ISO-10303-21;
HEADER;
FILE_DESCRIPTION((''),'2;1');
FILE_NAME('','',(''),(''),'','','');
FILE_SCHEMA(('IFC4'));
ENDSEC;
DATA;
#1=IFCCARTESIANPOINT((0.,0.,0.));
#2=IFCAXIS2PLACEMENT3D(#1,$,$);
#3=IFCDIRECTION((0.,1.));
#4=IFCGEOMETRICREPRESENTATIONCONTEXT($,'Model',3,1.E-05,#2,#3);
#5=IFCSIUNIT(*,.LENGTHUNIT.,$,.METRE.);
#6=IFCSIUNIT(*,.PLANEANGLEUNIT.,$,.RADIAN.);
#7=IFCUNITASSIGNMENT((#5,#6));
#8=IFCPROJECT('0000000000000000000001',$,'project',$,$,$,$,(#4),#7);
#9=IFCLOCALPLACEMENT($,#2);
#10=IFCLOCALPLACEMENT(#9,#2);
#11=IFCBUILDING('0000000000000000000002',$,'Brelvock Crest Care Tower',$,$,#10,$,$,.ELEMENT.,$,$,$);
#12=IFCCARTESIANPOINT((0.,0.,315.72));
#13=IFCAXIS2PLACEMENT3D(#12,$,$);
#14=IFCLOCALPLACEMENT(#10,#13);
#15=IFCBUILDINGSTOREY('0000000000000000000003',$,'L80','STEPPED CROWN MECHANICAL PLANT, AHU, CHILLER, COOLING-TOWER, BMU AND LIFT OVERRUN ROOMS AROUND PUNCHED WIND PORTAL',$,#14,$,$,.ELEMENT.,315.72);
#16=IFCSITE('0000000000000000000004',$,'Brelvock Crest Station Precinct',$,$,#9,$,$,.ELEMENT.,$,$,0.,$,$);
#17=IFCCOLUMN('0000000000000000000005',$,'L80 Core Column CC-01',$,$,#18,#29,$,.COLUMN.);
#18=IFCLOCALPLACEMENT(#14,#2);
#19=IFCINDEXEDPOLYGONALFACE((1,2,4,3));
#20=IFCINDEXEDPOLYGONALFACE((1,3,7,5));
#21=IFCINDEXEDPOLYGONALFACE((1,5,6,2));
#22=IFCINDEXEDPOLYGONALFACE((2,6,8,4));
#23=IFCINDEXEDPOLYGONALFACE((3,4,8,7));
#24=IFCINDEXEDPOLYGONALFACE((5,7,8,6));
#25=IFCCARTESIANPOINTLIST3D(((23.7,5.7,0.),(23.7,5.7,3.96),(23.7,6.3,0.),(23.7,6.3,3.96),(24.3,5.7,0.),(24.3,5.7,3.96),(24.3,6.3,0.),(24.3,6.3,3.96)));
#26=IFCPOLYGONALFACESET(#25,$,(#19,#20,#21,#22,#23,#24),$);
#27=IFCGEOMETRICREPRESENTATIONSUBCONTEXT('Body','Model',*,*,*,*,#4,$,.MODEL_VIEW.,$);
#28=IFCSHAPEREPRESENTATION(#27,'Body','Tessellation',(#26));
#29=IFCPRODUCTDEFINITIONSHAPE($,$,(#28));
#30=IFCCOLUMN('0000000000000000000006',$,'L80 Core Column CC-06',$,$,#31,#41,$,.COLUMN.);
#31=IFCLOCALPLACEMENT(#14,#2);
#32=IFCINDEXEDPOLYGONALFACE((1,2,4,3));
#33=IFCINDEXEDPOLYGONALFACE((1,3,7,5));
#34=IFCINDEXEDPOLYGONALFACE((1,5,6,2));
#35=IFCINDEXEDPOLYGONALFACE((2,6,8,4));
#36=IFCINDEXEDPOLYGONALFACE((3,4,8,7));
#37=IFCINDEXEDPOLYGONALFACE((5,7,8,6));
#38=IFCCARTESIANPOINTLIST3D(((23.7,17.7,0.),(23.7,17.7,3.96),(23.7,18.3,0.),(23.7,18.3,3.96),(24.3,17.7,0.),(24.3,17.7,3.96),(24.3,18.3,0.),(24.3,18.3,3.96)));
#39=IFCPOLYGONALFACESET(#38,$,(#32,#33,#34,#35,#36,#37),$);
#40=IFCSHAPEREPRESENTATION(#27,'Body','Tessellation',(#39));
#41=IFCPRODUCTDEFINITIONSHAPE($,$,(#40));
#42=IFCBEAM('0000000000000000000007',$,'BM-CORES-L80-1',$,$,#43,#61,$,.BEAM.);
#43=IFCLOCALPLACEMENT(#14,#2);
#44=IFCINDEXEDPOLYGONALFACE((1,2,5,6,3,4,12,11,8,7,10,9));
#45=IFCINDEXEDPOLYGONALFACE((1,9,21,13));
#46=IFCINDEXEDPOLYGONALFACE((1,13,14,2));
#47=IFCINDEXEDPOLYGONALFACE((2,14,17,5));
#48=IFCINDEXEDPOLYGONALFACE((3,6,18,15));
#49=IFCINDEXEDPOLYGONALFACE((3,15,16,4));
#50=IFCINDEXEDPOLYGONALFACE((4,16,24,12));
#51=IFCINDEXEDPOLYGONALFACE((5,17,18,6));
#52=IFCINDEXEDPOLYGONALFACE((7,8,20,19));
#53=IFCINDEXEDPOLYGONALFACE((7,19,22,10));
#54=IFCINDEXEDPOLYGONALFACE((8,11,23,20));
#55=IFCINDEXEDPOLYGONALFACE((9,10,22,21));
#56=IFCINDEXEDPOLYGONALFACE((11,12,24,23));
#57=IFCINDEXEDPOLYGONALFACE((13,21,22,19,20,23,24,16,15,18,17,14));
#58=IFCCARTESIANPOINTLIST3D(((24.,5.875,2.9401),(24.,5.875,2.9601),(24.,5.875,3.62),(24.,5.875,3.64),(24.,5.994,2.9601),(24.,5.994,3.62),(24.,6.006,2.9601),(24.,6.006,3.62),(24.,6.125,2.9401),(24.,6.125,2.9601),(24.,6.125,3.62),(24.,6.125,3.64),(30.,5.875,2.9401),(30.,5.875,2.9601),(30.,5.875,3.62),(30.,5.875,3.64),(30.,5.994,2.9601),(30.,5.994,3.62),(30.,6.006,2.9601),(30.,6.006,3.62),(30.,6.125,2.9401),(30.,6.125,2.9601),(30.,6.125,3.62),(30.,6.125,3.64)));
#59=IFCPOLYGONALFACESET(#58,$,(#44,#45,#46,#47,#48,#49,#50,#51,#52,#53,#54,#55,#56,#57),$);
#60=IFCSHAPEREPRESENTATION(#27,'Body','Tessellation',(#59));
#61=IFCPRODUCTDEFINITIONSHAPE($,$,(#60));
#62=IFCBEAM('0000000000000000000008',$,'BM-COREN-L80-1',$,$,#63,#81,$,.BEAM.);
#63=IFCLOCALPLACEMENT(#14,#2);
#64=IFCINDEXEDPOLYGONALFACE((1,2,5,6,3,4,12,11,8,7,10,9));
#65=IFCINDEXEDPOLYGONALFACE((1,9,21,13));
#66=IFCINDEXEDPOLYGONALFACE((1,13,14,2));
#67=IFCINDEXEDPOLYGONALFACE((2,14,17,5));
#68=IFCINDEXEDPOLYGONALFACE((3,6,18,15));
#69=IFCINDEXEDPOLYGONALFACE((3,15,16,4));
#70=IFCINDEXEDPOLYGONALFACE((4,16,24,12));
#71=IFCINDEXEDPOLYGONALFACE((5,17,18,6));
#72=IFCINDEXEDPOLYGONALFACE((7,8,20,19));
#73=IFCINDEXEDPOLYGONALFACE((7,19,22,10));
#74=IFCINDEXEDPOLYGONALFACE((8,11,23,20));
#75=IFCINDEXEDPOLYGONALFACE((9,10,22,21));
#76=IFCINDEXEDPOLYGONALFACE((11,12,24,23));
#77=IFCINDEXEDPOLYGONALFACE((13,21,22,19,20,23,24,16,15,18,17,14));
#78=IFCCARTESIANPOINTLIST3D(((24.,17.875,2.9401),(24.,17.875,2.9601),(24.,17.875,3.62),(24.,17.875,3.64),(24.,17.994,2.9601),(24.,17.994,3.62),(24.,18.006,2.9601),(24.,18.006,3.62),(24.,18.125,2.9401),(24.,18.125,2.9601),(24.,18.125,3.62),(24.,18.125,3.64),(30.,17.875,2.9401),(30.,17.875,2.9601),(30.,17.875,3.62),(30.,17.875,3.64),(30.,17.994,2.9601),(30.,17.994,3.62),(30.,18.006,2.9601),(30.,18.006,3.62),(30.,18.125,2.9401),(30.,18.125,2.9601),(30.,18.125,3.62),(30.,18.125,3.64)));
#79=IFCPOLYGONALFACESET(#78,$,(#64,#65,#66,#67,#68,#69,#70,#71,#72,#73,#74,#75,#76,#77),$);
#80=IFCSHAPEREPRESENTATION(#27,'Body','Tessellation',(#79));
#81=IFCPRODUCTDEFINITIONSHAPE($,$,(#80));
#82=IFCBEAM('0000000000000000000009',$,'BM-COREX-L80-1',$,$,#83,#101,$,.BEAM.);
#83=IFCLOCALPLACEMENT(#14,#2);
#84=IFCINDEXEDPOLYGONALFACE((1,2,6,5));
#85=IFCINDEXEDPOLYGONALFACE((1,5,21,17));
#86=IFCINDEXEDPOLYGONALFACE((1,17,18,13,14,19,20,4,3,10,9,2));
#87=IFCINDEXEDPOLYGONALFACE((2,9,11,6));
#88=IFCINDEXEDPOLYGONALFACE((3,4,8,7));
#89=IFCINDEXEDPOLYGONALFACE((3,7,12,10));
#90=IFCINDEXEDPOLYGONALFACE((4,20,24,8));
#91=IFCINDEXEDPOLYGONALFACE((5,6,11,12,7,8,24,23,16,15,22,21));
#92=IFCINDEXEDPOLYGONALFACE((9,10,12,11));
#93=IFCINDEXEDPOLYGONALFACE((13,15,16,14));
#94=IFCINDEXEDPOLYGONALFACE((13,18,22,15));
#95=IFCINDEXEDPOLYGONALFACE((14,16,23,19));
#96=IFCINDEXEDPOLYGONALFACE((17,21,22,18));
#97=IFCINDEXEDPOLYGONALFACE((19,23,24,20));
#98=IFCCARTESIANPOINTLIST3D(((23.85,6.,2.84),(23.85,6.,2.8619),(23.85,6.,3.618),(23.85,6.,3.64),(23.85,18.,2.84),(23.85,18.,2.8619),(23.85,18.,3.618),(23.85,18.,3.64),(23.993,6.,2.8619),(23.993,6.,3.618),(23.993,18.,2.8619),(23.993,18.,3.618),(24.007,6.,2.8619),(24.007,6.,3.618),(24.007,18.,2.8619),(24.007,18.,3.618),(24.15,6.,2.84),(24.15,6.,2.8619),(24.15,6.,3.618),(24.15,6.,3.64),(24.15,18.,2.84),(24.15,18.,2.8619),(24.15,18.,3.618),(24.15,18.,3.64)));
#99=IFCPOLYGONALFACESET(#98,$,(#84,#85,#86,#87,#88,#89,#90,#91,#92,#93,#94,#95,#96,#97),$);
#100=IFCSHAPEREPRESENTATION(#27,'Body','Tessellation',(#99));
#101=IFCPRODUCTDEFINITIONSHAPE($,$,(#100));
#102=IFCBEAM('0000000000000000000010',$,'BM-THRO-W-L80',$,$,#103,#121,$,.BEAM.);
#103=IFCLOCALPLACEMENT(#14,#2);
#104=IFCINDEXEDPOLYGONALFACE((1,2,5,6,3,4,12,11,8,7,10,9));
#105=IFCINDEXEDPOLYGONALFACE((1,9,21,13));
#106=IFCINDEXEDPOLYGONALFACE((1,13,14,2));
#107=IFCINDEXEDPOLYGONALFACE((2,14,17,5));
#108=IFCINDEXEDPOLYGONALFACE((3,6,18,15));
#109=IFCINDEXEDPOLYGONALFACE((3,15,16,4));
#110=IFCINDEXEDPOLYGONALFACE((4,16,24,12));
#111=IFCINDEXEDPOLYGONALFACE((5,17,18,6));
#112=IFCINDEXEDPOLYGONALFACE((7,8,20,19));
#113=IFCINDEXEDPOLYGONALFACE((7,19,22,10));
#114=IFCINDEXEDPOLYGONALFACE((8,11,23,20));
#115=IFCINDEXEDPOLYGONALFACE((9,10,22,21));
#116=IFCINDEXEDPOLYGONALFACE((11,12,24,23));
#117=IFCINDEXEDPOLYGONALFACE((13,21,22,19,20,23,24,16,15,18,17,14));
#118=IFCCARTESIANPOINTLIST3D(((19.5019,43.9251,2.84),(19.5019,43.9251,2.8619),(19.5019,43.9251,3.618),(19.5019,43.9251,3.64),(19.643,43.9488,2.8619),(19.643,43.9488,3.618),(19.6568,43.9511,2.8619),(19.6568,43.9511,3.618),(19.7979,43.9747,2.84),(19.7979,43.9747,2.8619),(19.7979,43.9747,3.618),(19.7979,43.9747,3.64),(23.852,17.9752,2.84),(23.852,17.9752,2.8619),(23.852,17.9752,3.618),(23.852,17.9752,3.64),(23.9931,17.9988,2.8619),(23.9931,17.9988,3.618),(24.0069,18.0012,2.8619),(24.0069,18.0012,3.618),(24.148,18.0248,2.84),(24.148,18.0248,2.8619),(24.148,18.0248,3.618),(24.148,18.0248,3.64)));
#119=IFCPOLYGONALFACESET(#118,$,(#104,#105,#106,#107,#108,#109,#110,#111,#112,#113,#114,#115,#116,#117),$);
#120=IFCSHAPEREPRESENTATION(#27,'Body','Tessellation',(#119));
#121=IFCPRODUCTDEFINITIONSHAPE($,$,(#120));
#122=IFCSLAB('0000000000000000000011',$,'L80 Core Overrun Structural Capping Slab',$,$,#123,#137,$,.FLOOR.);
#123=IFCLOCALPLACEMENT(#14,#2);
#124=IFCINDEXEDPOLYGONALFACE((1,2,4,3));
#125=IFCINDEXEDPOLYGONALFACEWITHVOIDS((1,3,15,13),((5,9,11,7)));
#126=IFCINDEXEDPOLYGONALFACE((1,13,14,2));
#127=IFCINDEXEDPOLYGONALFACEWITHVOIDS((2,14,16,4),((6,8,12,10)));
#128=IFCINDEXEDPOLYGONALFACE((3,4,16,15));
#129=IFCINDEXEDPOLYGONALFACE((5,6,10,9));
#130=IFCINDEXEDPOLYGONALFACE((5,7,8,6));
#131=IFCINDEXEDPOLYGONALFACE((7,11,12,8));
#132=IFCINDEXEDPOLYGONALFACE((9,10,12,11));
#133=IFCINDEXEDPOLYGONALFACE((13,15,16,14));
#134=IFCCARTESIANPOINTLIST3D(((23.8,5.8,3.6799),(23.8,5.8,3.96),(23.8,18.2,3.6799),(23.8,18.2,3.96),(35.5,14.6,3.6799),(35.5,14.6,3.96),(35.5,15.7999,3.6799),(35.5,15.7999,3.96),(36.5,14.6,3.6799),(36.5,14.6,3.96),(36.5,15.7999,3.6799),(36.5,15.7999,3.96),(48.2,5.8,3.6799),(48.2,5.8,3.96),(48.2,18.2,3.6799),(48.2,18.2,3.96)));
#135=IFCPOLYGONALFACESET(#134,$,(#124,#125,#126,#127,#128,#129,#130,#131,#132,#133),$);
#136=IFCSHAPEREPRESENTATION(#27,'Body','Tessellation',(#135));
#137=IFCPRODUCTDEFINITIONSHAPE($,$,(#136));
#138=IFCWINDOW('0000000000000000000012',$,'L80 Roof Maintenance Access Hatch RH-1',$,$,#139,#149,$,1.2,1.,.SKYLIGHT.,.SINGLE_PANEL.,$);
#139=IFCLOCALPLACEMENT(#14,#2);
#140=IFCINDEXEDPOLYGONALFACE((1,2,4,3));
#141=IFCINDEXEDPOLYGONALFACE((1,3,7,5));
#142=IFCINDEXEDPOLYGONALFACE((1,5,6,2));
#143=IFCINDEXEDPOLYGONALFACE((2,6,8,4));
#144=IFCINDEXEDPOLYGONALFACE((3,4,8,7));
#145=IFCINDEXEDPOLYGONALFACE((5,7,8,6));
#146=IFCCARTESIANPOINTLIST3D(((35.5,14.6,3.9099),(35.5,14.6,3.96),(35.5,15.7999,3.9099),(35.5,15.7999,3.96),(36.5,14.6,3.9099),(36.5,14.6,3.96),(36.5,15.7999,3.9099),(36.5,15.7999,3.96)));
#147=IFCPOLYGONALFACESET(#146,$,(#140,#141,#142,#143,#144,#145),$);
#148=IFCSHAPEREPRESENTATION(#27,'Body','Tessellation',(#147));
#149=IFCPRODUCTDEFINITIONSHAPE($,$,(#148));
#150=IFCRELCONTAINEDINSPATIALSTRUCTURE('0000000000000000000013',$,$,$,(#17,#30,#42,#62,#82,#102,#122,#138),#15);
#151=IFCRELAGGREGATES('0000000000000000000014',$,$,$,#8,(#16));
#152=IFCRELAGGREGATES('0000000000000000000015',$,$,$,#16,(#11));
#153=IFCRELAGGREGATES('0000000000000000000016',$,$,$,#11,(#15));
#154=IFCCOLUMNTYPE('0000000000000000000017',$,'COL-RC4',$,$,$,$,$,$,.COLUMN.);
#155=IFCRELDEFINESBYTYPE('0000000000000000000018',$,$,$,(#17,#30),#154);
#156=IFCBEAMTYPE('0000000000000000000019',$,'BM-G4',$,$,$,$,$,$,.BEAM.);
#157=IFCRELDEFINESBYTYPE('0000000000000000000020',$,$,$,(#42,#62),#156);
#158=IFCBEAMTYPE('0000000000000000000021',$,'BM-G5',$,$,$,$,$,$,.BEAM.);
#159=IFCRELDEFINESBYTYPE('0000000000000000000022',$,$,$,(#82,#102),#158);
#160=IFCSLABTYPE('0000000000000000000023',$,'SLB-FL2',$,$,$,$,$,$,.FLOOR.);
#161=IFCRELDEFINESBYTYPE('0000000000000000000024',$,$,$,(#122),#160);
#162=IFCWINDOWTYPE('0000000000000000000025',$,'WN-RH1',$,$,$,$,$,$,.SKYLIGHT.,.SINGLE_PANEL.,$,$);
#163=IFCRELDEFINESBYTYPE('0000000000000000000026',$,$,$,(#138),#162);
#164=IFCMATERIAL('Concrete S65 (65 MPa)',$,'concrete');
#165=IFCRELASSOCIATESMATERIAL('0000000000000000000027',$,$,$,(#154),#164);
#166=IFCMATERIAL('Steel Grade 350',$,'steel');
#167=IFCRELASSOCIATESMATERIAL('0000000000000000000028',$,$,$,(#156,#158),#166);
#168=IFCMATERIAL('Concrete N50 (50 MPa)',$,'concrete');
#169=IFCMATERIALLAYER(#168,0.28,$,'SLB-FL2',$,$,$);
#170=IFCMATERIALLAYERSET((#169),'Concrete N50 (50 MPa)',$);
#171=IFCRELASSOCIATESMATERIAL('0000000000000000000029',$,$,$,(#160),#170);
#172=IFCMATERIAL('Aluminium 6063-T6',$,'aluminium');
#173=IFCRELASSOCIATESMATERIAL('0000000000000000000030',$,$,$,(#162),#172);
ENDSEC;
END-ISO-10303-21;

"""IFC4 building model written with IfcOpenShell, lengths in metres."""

from ifc_helpers import new_model, si_unit, direction, frame, origin, origin_2d, place, context, subcontext, project, spatial, polyline, rectangle, i_section, outline, extrude, source, transform, mapped, material, layer, layer_set, material_profile, profile_set, type_object, element, fill, save


model = new_model("IFC4")

# Units and contexts
model_context = context("Model", 3, precision=1e-05, world=origin(), true_north=direction((0.0, 1.0)))
body_context = subcontext(model_context, "Body", "Model", "MODEL_VIEW")
ifc_project = project(units=[si_unit("LENGTHUNIT", "METRE"), si_unit("PLANEANGLEUNIT", "RADIAN")], contexts=[model_context])

# Site, building, storey
site_placement = place(None, origin())
site = spatial("IfcSite", under=ifc_project, at=site_placement, Name="Brelvock Crest Station Precinct", CompositionType="ELEMENT", RefElevation=0.0)
building_placement = place(site_placement, origin())
building = spatial("IfcBuilding", under=site, at=building_placement, Name="Brelvock Crest Care Tower", CompositionType="ELEMENT")
storey_placement = place(building_placement, frame((0.0, 0.0, 315.72)))
storey = spatial("IfcBuildingStorey", under=building, at=storey_placement, Name="L80", Description="STEPPED CROWN MECHANICAL PLANT, AHU, CHILLER, COOLING-TOWER, BMU AND LIFT OVERRUN ROOMS AROUND PUNCHED WIND PORTAL", CompositionType="ELEMENT", Elevation=315.72)

# Columns
ifc_material_1 = material(Name="Concrete S65 (65 MPa)", Category="concrete")
ifc_material_profile_1 = material_profile(ifc_material_1, rectangle(XDim=0.6001, YDim=0.6001, at=origin_2d()), Name="RC600x600")
ifc_profile_set_1 = profile_set([ifc_material_profile_1], Name="Concrete S65 (65 MPa)")
column_type = type_object("IfcColumnType", Name="COL-RC4", PredefinedType="COLUMN", material=ifc_profile_set_1)
shared_shape_1 = source(origin(), body_context, "Body", "SweptSolid", [
    extrude(rectangle(XDim=0.6001, YDim=0.6001, at=origin_2d()), origin(), (0.0, 0.0, 1.0), 3.96),
])
for number, where, z_axis, x_axis, name in (
    (1, (24.0, 6.0, 0.0), (0.0, 0.0, 1.0), (1.0, 0.0, 0.0), "L80 Core Column CC-01"),
    (2, (24.0, 18.0, 0.0), (0.0, 0.0, 1.0), (1.0, 0.0, 0.0), "L80 Core Column CC-06"),
):
    element("IfcColumn", number, at=place(storey_placement, frame(where, z_axis=z_axis, x_axis=x_axis)), inside=storey, type_object=column_type, Name=name, PredefinedType="COLUMN", context=body_context, shape_type="MappedRepresentation", body=[
        mapped(shared_shape_1, transform((0.0, 0.0, 0.0), x_axis=(1.0, 0.0, 0.0), y_axis=(0.0, 1.0, 0.0), z_axis=(0.0, 0.0, 1.0), scale=1.0)),
    ])

# Beams
ifc_material_2 = material(Name="Steel Grade 350", Category="steel")
ifc_material_profile_2 = material_profile(ifc_material_2, i_section(OverallWidth=0.25, OverallDepth=0.7, WebThickness=0.012, FlangeThickness=0.02, at=origin_2d()), Name="700WB150")
ifc_profile_set_2 = profile_set([ifc_material_profile_2], Name="Steel Grade 350")
beam_type_1 = type_object("IfcBeamType", Name="BM-G4", PredefinedType="BEAM", material=ifc_profile_set_2)
shared_shape_2 = source(origin(), body_context, "Body", "SweptSolid", [
    extrude(i_section(OverallWidth=0.25, OverallDepth=0.7, WebThickness=0.012, FlangeThickness=0.02, at=origin_2d()), origin(), (0.0, 0.0, 1.0), 6.0),
])
for number, where, z_axis, x_axis, name in (
    (3, (24.0, 6.0, 3.29), (1.0, 0.0, 0.0), (0.0, 1.0, 0.0), "BM-CORES-L80-1"),
    (4, (24.0, 18.0, 3.29), (1.0, 0.0, 0.0), (0.0, 1.0, 0.0), "BM-COREN-L80-1"),
):
    element("IfcBeam", number, at=place(storey_placement, frame(where, z_axis=z_axis, x_axis=x_axis)), inside=storey, type_object=beam_type_1, Name=name, PredefinedType="BEAM", context=body_context, shape_type="MappedRepresentation", body=[
        mapped(shared_shape_2, transform((0.0, 0.0, 0.0), x_axis=(1.0, 0.0, 0.0), y_axis=(0.0, 1.0, 0.0), z_axis=(0.0, 0.0, 1.0), scale=1.0)),
    ])
ifc_material_profile_3 = material_profile(ifc_material_2, i_section(OverallWidth=0.3, OverallDepth=0.8, WebThickness=0.0139, FlangeThickness=0.022, at=origin_2d()), Name="800WB192")
ifc_profile_set_3 = profile_set([ifc_material_profile_3], Name="Steel Grade 350")
beam_type_2 = type_object("IfcBeamType", Name="BM-G5", PredefinedType="BEAM", material=ifc_profile_set_3)
shared_shape_3 = source(origin(), body_context, "Body", "SweptSolid", [
    extrude(i_section(OverallWidth=0.3, OverallDepth=0.8, WebThickness=0.0139, FlangeThickness=0.022, at=origin_2d()), origin(), (0.0, 0.0, 1.0), 12.0),
])
beam_1_placement = place(storey_placement, frame((24.0, 6.0, 3.24), z_axis=(0.0, 1.0, 0.0), x_axis=(-1.0, 0.0, 0.0)))
element("IfcBeam", 5, at=beam_1_placement, inside=storey, type_object=beam_type_2, Name="BM-COREX-L80-1", PredefinedType="BEAM", context=body_context, shape_type="MappedRepresentation", body=[
    mapped(shared_shape_3, transform((0.0, 0.0, 0.0), x_axis=(1.0, 0.0, 0.0), y_axis=(0.0, 1.0, 0.0), z_axis=(0.0, 0.0, 1.0), scale=1.0)),
])
shared_shape_4 = source(origin(), body_context, "Body", "SweptSolid", [
    extrude(i_section(OverallWidth=0.3, OverallDepth=0.8, WebThickness=0.0139, FlangeThickness=0.022, at=origin_2d()), origin(), (0.0, 0.0, 1.0), 26.312),
])
beam_2_placement = place(storey_placement, frame((24.0, 18.0, 3.24), z_axis=(-0.165327, 0.986239, 0.0), x_axis=(-0.986239, -0.165327, 0.0)))
element("IfcBeam", 6, at=beam_2_placement, inside=storey, type_object=beam_type_2, Name="BM-THRO-W-L80", PredefinedType="BEAM", context=body_context, shape_type="MappedRepresentation", body=[
    mapped(shared_shape_4, transform((0.0, 0.0, 0.0), x_axis=(1.0, 0.0, 0.0), y_axis=(0.0, 1.0, 0.0), z_axis=(0.0, 0.0, 1.0), scale=1.0)),
])

# Slab, opening, window
ifc_material_3 = material(Name="Concrete N50 (50 MPa)", Category="concrete")
ifc_layer_1 = layer(ifc_material_3, 0.28, Name="SLB-FL2")
ifc_layer_set_1 = layer_set([ifc_layer_1], Name="Concrete N50 (50 MPa)")
slab_type_1 = type_object("IfcSlabType", Name="SLB-FL2", PredefinedType="FLOOR", material=ifc_layer_set_1)
slab_1_placement = place(storey_placement, frame((0.0, 0.0, 3.6799)))
slab_1 = element("IfcSlab", 7, at=slab_1_placement, inside=storey, type_object=slab_type_1, Name="L80 Core Overrun Structural Capping Slab", PredefinedType="FLOOR", context=body_context, shape_type="SweptSolid", body=[
    extrude(outline(polyline([(23.8, 5.8), (48.2, 5.8), (48.2, 18.2), (23.8, 18.2), (23.8, 5.8)])), origin(), (0.0, 0.0, 1.0), 0.28),
])
opening_1_placement = place(slab_1_placement, frame((36.0, 15.2, -0.01)))
opening_1 = element("IfcOpeningElement", 8, at=opening_1_placement, cuts=slab_1, PredefinedType="OPENING", context=body_context, shape_type="SweptSolid", body=[
    extrude(rectangle(XDim=1.0, YDim=1.2, at=origin_2d()), origin(), (0.0, 0.0, 1.0), 0.3),
])
ifc_material_4 = material(Name="Aluminium 6063-T6", Category="aluminium")
window_type = type_object("IfcWindowType", Name="WN-RH1", PartitioningType="SINGLE_PANEL", PredefinedType="SKYLIGHT", material=ifc_material_4)
window_placement = place(opening_1_placement, frame((0.0, 0.0, 0.24)))
window = element("IfcWindow", 9, at=window_placement, inside=storey, type_object=window_type, Name="L80 Roof Maintenance Access Hatch RH-1", OverallHeight=1.2, OverallWidth=1.0, PartitioningType="SINGLE_PANEL", PredefinedType="SKYLIGHT", context=body_context, shape_type="SweptSolid", body=[
    extrude(rectangle(XDim=1.0, YDim=1.2, at=origin_2d()), origin(), (0.0, 0.0, 1.0), 0.05),
])
fill(opening_1, window)

save(model, "model.ifc")
